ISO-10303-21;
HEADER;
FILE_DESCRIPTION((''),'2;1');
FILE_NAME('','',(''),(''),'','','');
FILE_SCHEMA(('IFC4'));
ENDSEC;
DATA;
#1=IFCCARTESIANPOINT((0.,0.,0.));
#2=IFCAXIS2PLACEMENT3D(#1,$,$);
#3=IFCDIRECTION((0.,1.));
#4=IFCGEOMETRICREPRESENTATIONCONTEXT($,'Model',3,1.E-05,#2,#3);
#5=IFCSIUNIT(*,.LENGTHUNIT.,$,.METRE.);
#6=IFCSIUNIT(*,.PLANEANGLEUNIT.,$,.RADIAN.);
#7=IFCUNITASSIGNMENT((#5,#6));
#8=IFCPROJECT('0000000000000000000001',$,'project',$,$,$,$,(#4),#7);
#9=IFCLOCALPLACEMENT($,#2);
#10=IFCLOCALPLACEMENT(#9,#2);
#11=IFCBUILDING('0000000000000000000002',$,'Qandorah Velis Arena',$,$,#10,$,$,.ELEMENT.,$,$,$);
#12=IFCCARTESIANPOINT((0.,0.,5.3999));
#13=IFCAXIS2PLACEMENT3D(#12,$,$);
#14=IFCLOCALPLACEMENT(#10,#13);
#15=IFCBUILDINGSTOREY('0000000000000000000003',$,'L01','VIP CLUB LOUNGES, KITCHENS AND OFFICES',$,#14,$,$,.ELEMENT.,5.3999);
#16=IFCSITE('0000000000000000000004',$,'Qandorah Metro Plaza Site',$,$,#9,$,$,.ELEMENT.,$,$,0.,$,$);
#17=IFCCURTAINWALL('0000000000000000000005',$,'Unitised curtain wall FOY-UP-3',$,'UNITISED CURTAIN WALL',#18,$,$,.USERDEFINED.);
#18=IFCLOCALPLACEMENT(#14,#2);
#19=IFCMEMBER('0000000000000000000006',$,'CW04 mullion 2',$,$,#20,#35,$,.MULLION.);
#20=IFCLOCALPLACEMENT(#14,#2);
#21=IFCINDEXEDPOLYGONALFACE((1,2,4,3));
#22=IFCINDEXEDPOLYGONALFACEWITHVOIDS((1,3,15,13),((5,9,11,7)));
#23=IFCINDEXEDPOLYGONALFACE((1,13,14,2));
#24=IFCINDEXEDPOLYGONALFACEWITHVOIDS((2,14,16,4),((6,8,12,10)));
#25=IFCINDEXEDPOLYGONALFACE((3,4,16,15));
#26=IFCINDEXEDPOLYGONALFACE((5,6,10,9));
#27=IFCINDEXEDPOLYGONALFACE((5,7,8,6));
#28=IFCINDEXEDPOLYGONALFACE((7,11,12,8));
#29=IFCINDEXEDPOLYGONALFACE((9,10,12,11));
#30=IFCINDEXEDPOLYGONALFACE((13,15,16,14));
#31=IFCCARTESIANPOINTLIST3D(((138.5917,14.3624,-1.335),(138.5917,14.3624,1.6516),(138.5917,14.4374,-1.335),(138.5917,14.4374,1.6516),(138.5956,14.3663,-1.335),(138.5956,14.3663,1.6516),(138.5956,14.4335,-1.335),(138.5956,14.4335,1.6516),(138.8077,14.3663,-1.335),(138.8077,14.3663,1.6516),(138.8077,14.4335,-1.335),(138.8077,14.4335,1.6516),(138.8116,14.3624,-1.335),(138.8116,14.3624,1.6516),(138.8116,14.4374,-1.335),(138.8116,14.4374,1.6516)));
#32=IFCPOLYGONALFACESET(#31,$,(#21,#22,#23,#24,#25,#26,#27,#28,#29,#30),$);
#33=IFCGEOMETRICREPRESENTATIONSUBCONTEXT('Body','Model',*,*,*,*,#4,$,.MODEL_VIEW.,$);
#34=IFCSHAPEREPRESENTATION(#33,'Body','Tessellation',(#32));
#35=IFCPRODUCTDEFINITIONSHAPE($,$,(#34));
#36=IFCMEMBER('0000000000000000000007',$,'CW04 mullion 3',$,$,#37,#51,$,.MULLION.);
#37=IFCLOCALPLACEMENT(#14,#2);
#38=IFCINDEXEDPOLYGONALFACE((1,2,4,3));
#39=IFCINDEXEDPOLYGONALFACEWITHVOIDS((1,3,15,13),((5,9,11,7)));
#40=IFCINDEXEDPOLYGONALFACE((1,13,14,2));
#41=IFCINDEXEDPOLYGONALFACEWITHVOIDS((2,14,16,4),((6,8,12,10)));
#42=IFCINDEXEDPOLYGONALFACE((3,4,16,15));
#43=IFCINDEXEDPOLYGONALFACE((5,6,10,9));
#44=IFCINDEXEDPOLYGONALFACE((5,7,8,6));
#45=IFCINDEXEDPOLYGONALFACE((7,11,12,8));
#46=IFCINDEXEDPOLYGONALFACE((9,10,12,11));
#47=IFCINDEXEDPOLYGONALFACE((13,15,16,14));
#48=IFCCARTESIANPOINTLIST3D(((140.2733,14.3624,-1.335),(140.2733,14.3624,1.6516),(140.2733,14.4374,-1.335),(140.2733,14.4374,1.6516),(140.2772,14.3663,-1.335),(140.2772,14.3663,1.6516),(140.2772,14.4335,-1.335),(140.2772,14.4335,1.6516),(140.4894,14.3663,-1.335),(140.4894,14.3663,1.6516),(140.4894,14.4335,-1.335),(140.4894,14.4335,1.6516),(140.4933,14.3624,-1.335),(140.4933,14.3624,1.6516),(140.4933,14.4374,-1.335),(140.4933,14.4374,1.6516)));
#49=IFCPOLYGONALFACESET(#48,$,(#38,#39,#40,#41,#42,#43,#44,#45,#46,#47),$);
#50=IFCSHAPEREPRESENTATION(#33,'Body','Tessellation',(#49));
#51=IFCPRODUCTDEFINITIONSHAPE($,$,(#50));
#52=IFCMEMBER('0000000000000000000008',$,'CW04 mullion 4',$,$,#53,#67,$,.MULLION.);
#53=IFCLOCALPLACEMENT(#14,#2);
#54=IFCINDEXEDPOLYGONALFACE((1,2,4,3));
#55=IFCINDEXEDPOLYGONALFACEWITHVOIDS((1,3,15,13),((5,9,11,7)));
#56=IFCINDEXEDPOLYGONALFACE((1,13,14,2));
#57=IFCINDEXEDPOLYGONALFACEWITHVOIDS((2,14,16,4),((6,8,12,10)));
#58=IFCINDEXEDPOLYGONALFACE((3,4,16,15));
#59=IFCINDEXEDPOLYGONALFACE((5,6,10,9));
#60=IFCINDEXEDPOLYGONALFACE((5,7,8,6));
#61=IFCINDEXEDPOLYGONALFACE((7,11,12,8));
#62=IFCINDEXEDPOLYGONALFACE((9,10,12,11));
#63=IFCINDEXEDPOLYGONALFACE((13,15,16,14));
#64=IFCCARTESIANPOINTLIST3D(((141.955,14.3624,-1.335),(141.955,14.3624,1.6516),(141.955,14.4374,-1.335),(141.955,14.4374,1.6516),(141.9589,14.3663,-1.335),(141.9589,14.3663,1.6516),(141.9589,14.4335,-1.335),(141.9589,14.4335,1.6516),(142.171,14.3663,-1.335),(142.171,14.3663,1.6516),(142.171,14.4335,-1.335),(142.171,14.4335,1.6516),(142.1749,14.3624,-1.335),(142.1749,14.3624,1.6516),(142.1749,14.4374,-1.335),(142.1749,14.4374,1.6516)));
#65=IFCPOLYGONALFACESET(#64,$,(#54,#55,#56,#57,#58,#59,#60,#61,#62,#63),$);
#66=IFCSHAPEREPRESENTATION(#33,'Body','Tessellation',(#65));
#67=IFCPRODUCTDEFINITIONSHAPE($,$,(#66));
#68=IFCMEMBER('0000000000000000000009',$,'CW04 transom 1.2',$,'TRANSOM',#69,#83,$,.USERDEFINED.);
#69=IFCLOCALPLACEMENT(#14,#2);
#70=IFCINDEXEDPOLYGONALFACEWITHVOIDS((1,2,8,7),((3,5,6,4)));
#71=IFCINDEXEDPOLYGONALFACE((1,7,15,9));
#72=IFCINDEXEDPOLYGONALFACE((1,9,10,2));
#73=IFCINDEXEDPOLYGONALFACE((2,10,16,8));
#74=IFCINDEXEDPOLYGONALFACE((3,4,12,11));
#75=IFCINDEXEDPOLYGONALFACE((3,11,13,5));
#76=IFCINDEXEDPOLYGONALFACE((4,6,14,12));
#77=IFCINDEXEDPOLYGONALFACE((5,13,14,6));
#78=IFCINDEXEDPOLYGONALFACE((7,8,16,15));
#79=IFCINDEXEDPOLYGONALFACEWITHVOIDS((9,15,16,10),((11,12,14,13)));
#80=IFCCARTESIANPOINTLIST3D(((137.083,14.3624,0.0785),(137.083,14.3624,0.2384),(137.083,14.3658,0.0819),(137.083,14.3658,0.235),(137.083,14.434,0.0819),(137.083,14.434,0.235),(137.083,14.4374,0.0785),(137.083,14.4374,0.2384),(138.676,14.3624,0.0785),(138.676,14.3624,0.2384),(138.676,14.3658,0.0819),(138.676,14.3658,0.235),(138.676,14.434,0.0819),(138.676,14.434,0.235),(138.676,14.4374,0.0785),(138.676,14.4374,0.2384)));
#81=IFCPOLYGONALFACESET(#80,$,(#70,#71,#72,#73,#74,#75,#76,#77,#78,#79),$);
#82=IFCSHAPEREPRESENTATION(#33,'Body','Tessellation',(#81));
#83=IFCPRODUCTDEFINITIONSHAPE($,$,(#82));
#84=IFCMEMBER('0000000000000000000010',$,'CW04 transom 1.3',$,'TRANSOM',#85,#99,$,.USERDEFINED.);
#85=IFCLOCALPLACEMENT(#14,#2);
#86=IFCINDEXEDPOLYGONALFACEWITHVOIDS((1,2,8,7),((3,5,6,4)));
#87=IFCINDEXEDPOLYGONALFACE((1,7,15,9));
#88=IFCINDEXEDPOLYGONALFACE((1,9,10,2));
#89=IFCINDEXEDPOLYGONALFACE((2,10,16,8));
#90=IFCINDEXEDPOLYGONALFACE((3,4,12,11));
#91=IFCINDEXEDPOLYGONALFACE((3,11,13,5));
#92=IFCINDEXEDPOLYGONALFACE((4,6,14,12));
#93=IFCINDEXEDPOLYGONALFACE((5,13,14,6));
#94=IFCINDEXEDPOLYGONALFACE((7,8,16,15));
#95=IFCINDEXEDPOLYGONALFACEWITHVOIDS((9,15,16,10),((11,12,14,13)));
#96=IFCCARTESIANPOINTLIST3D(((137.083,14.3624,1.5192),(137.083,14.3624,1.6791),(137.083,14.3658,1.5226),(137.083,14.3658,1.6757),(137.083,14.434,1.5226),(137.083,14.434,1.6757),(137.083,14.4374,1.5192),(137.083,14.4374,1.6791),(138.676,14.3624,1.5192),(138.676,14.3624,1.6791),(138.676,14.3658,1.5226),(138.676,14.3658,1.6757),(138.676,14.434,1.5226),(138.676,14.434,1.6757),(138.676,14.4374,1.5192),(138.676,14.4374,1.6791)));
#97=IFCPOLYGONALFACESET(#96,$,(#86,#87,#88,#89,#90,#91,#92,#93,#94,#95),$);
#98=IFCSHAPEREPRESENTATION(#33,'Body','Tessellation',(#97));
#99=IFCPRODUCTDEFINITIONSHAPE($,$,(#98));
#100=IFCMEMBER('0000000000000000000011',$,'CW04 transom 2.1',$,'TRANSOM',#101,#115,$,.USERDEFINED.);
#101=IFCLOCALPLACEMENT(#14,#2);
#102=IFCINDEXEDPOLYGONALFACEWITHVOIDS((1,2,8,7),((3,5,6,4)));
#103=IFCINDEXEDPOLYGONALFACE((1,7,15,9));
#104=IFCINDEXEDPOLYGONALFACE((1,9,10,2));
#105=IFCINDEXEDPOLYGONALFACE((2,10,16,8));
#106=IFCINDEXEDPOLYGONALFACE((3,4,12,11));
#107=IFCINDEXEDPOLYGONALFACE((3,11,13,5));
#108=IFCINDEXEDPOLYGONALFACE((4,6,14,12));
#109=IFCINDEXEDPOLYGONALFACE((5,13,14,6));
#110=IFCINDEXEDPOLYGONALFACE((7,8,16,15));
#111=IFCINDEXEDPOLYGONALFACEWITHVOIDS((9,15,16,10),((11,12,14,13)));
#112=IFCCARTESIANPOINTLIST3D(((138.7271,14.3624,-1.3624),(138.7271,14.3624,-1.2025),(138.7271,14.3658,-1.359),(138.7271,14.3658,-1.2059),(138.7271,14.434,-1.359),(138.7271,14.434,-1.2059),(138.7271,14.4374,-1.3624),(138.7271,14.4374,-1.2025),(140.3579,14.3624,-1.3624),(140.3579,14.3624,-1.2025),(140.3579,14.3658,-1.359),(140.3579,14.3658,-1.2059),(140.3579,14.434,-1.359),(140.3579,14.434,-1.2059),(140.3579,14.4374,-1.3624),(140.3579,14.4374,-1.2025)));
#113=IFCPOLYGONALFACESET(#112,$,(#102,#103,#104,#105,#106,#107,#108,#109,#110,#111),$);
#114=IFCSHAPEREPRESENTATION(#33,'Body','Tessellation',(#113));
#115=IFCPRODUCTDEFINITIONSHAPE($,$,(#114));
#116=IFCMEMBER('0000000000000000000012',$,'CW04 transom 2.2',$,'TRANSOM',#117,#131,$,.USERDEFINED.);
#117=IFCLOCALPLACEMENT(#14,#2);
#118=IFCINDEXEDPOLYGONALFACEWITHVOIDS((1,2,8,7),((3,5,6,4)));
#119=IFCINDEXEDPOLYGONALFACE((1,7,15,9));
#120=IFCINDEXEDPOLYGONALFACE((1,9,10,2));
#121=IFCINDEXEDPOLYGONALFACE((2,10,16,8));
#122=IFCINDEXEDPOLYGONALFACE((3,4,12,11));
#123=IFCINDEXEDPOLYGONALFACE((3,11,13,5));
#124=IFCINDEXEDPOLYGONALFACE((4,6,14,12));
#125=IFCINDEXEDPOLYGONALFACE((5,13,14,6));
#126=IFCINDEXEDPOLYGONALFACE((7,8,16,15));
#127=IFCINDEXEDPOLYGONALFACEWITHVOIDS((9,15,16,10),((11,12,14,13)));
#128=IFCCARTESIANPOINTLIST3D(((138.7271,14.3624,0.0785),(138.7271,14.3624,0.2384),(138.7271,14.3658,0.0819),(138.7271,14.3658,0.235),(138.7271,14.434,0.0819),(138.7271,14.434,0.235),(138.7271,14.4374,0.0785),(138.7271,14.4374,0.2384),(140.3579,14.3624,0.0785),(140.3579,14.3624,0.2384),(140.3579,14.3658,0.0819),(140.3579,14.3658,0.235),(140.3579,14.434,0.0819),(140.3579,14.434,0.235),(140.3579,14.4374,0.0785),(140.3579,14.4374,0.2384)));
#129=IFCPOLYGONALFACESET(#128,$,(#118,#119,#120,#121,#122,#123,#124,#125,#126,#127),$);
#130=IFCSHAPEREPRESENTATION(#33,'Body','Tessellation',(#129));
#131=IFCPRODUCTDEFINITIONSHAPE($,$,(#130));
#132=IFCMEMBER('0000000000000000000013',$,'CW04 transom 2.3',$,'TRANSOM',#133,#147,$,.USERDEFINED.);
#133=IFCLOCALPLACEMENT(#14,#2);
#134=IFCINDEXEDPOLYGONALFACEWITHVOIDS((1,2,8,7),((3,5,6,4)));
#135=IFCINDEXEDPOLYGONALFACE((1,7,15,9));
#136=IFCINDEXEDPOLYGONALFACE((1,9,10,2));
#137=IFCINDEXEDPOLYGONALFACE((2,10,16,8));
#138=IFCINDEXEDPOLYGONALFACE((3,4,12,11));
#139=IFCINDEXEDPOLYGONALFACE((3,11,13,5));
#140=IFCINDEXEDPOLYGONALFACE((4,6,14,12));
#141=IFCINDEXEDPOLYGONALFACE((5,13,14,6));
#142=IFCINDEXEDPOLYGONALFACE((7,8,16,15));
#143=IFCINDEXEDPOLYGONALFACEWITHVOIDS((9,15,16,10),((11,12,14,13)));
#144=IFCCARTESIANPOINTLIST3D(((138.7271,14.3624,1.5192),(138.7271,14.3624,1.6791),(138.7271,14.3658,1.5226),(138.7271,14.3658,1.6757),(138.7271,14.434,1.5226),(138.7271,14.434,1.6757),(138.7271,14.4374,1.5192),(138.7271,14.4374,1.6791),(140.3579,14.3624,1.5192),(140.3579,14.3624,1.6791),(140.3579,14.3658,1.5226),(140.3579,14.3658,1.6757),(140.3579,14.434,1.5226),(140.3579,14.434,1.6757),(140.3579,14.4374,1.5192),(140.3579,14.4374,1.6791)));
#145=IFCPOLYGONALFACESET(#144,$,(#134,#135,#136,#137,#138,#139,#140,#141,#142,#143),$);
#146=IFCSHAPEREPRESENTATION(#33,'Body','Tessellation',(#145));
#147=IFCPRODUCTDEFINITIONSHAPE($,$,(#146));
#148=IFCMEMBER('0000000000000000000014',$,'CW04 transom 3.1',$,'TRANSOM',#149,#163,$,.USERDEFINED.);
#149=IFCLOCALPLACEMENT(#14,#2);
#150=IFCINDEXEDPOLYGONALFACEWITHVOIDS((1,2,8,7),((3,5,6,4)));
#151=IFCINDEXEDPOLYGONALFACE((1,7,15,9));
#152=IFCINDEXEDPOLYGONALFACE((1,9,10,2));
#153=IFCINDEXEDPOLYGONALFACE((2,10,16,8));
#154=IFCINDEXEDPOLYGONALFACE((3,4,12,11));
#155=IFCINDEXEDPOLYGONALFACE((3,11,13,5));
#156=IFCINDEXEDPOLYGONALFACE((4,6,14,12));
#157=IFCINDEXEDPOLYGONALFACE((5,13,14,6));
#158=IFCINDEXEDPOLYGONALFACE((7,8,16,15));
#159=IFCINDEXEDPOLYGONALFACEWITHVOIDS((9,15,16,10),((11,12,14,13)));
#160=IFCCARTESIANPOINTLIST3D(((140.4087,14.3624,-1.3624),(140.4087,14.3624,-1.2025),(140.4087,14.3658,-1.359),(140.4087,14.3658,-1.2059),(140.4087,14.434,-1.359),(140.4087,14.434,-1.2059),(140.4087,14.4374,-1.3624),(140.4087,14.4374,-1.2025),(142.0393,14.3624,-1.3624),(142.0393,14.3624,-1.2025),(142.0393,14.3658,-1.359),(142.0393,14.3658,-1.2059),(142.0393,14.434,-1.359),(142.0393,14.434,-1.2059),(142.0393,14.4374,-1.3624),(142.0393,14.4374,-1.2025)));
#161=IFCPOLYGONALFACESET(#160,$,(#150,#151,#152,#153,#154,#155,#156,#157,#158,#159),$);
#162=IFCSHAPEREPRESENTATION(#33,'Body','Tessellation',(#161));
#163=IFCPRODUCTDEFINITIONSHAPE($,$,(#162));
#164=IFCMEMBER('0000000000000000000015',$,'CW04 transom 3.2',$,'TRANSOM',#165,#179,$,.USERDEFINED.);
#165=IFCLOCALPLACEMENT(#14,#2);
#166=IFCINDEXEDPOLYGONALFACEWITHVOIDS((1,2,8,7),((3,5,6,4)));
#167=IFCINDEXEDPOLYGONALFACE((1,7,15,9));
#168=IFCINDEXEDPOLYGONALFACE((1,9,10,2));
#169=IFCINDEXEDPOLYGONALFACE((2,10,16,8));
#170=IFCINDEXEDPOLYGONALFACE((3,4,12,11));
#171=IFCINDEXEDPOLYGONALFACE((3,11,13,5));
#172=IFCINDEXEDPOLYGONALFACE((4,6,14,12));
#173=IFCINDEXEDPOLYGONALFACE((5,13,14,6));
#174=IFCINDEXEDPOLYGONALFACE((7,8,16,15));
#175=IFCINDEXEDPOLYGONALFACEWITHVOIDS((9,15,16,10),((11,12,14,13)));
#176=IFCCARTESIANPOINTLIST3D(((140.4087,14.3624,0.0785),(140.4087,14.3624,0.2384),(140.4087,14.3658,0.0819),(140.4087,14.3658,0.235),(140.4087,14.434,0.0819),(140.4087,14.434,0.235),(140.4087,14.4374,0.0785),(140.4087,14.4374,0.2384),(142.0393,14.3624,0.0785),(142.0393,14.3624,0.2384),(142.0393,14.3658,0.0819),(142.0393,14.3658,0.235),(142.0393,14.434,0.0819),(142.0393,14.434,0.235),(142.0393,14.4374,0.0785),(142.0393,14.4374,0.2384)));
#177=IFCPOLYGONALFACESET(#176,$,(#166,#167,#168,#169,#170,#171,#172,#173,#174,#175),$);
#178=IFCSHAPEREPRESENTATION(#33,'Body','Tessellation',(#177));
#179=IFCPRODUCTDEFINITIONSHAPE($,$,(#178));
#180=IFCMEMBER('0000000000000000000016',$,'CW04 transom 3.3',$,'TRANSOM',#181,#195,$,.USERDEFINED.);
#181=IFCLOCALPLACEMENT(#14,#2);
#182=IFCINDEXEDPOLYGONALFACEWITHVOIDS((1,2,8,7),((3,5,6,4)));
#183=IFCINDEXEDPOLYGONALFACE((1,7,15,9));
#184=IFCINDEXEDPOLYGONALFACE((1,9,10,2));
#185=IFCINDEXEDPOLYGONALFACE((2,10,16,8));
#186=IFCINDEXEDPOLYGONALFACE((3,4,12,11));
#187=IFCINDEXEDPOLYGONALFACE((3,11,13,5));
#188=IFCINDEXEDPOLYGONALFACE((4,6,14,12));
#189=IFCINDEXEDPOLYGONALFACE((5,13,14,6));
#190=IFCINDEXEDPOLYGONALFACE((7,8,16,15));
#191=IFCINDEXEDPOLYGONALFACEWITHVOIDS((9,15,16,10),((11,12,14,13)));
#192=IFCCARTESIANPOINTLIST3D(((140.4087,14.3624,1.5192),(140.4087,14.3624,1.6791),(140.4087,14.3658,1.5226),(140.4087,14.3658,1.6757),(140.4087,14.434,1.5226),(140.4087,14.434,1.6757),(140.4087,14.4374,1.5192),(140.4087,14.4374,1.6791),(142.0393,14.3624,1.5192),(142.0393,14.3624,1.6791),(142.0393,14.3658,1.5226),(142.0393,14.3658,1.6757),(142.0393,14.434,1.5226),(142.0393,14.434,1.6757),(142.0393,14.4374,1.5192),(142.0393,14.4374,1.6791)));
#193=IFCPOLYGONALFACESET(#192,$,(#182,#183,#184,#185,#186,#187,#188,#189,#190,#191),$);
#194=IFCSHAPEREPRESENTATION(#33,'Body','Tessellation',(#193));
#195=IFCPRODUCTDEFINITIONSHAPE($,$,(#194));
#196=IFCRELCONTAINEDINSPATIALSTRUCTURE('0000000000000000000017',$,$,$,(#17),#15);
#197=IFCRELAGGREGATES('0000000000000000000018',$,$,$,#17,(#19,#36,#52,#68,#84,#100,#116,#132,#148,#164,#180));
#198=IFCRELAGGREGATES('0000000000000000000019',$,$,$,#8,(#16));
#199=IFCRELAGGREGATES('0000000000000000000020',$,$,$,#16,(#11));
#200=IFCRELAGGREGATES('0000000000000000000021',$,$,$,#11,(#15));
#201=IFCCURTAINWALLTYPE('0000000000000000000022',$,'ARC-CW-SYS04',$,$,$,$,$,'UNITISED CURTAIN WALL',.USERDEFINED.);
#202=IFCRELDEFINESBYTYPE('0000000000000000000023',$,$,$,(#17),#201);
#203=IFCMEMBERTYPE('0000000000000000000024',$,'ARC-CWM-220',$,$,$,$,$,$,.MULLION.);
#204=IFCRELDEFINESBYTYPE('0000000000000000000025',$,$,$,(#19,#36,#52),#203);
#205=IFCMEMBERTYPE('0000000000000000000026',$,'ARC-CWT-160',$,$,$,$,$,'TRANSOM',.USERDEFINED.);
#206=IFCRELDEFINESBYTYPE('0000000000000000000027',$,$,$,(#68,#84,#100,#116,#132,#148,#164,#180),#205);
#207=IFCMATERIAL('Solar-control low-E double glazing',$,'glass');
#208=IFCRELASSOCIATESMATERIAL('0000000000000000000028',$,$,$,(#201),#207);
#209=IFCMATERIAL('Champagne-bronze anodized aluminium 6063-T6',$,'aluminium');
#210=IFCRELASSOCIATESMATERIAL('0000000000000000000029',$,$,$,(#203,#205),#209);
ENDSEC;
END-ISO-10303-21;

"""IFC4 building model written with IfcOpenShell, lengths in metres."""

from ifc_helpers import new_model, si_unit, direction, frame, origin, origin_2d, place, context, subcontext, project, spatial, hollow_rectangle, extrude, material, material_profile, profile_set, type_object, element, aggregate, save


model = new_model("IFC4")

# Units and contexts
model_context = context("Model", 3, precision=1e-05, world=origin(), true_north=direction((0.0, 1.0)))
body_context = subcontext(model_context, "Body", "Model", "MODEL_VIEW")
ifc_project = project(units=[si_unit("LENGTHUNIT", "METRE"), si_unit("PLANEANGLEUNIT", "RADIAN")], contexts=[model_context])

# Site, building, storey
site_placement = place(None, origin())
site = spatial("IfcSite", under=ifc_project, at=site_placement, Name="Qandorah Metro Plaza Site", CompositionType="ELEMENT", RefElevation=0.0)
building_placement = place(site_placement, origin())
building = spatial("IfcBuilding", under=site, at=building_placement, Name="Qandorah Velis Arena", CompositionType="ELEMENT")
storey_placement = place(building_placement, frame((0.0, 0.0, 5.3999)))
storey = spatial("IfcBuildingStorey", under=building, at=storey_placement, Name="L01", Description="VIP CLUB LOUNGES, KITCHENS AND OFFICES", CompositionType="ELEMENT", Elevation=5.3999)

# Curtain wall, members
ifc_material_1 = material(Name="Solar-control low-E double glazing", Category="glass")
curtain_wall_type = type_object("IfcCurtainWallType", Name="ARC-CW-SYS04", ElementType="UNITISED CURTAIN WALL", PredefinedType="USERDEFINED", material=ifc_material_1)
curtain_wall_placement = place(storey_placement, origin())
curtain_wall = element("IfcCurtainWall", 1, at=curtain_wall_placement, inside=storey, type_object=curtain_wall_type, Name="Unitised curtain wall FOY-UP-3", ObjectType="UNITISED CURTAIN WALL", PredefinedType="USERDEFINED")
ifc_material_2 = material(Name="Champagne-bronze anodized aluminium 6063-T6", Category="aluminium")
ifc_material_profile_1 = material_profile(ifc_material_2, hollow_rectangle(XDim=0.075, YDim=0.22, WallThickness=0.0039, at=origin_2d()), Name="ALU MULLION 75x220")
ifc_profile_set_1 = profile_set([ifc_material_profile_1], Name="Champagne-bronze anodized aluminium 6063-T6")
member_type_1 = type_object("IfcMemberType", Name="ARC-CWM-220", PredefinedType="MULLION", material=ifc_profile_set_1)
member_1_placement = place(storey_placement, frame((138.7017, 14.3999, -1.335), z_axis=(0.0, 0.0, 1.0), x_axis=(0.0, 1.0, 0.0)))
member_1 = element("IfcMember", 2, at=member_1_placement, type_object=member_type_1, Name="CW04 mullion 2", PredefinedType="MULLION", context=body_context, shape_type="SweptSolid", body=[
    extrude(hollow_rectangle(XDim=0.075, YDim=0.22, WallThickness=0.0039, at=origin_2d()), origin(), (0.0, 0.0, 1.0), 2.9866),
])
member_2_placement = place(storey_placement, frame((140.3833, 14.3999, -1.335), z_axis=(0.0, 0.0, 1.0), x_axis=(0.0, 1.0, 0.0)))
member_2 = element("IfcMember", 3, at=member_2_placement, type_object=member_type_1, Name="CW04 mullion 3", PredefinedType="MULLION", context=body_context, shape_type="SweptSolid", body=[
    extrude(hollow_rectangle(XDim=0.075, YDim=0.22, WallThickness=0.0039, at=origin_2d()), origin(), (0.0, 0.0, 1.0), 2.9866),
])
member_3_placement = place(storey_placement, frame((142.0649, 14.3999, -1.335), z_axis=(0.0, 0.0, 1.0), x_axis=(0.0, 1.0, 0.0)))
member_3 = element("IfcMember", 4, at=member_3_placement, type_object=member_type_1, Name="CW04 mullion 4", PredefinedType="MULLION", context=body_context, shape_type="SweptSolid", body=[
    extrude(hollow_rectangle(XDim=0.075, YDim=0.22, WallThickness=0.0039, at=origin_2d()), origin(), (0.0, 0.0, 1.0), 2.9866),
])
ifc_material_profile_2 = material_profile(ifc_material_2, hollow_rectangle(XDim=0.075, YDim=0.1599, WallThickness=0.0034, at=origin_2d()), Name="ALU TRANSOM 75x160")
ifc_profile_set_2 = profile_set([ifc_material_profile_2], Name="Champagne-bronze anodized aluminium 6063-T6")
member_type_2 = type_object("IfcMemberType", Name="ARC-CWT-160", ElementType="TRANSOM", PredefinedType="USERDEFINED", material=ifc_profile_set_2)
member_4_placement = place(storey_placement, frame((137.083, 14.3999, 0.1584), z_axis=(1.0, 0.0, 0.0), x_axis=(0.0, 1.0, 0.0)))
member_4 = element("IfcMember", 5, at=member_4_placement, type_object=member_type_2, Name="CW04 transom 1.2", ObjectType="TRANSOM", PredefinedType="USERDEFINED", context=body_context, shape_type="SweptSolid", body=[
    extrude(hollow_rectangle(XDim=0.075, YDim=0.1599, WallThickness=0.0034, at=origin_2d()), origin(), (0.0, 0.0, 1.0), 1.593),
])
member_5_placement = place(storey_placement, frame((137.083, 14.3999, 1.5991), z_axis=(1.0, 0.0, 0.0), x_axis=(0.0, 1.0, 0.0)))
member_5 = element("IfcMember", 6, at=member_5_placement, type_object=member_type_2, Name="CW04 transom 1.3", ObjectType="TRANSOM", PredefinedType="USERDEFINED", context=body_context, shape_type="SweptSolid", body=[
    extrude(hollow_rectangle(XDim=0.075, YDim=0.1599, WallThickness=0.0034, at=origin_2d()), origin(), (0.0, 0.0, 1.0), 1.593),
])
member_6_placement = place(storey_placement, frame((138.7271, 14.3999, -1.2825), z_axis=(1.0, 0.0, 0.0), x_axis=(0.0, 1.0, 0.0)))
member_6 = element("IfcMember", 7, at=member_6_placement, type_object=member_type_2, Name="CW04 transom 2.1", ObjectType="TRANSOM", PredefinedType="USERDEFINED", context=body_context, shape_type="SweptSolid", body=[
    extrude(hollow_rectangle(XDim=0.075, YDim=0.1599, WallThickness=0.0034, at=origin_2d()), origin(), (0.0, 0.0, 1.0), 1.6309),
])
member_7_placement = place(storey_placement, frame((138.7271, 14.3999, 0.1584), z_axis=(1.0, 0.0, 0.0), x_axis=(0.0, 1.0, 0.0)))
member_7 = element("IfcMember", 8, at=member_7_placement, type_object=member_type_2, Name="CW04 transom 2.2", ObjectType="TRANSOM", PredefinedType="USERDEFINED", context=body_context, shape_type="SweptSolid", body=[
    extrude(hollow_rectangle(XDim=0.075, YDim=0.1599, WallThickness=0.0034, at=origin_2d()), origin(), (0.0, 0.0, 1.0), 1.6309),
])
member_8_placement = place(storey_placement, frame((138.7271, 14.3999, 1.5991), z_axis=(1.0, 0.0, 0.0), x_axis=(0.0, 1.0, 0.0)))
member_8 = element("IfcMember", 9, at=member_8_placement, type_object=member_type_2, Name="CW04 transom 2.3", ObjectType="TRANSOM", PredefinedType="USERDEFINED", context=body_context, shape_type="SweptSolid", body=[
    extrude(hollow_rectangle(XDim=0.075, YDim=0.1599, WallThickness=0.0034, at=origin_2d()), origin(), (0.0, 0.0, 1.0), 1.6309),
])
member_9_placement = place(storey_placement, frame((140.4087, 14.3999, -1.2825), z_axis=(1.0, 0.0, 0.0), x_axis=(0.0, 1.0, 0.0)))
member_9 = element("IfcMember", 10, at=member_9_placement, type_object=member_type_2, Name="CW04 transom 3.1", ObjectType="TRANSOM", PredefinedType="USERDEFINED", context=body_context, shape_type="SweptSolid", body=[
    extrude(hollow_rectangle(XDim=0.075, YDim=0.1599, WallThickness=0.0034, at=origin_2d()), origin(), (0.0, 0.0, 1.0), 1.6306),
])
member_10_placement = place(storey_placement, frame((140.4087, 14.3999, 0.1584), z_axis=(1.0, 0.0, 0.0), x_axis=(0.0, 1.0, 0.0)))
member_10 = element("IfcMember", 11, at=member_10_placement, type_object=member_type_2, Name="CW04 transom 3.2", ObjectType="TRANSOM", PredefinedType="USERDEFINED", context=body_context, shape_type="SweptSolid", body=[
    extrude(hollow_rectangle(XDim=0.075, YDim=0.1599, WallThickness=0.0034, at=origin_2d()), origin(), (0.0, 0.0, 1.0), 1.6306),
])
member_11_placement = place(storey_placement, frame((140.4087, 14.3999, 1.5991), z_axis=(1.0, 0.0, 0.0), x_axis=(0.0, 1.0, 0.0)))
member_11 = element("IfcMember", 12, at=member_11_placement, type_object=member_type_2, Name="CW04 transom 3.3", ObjectType="TRANSOM", PredefinedType="USERDEFINED", context=body_context, shape_type="SweptSolid", body=[
    extrude(hollow_rectangle(XDim=0.075, YDim=0.1599, WallThickness=0.0034, at=origin_2d()), origin(), (0.0, 0.0, 1.0), 1.6306),
])

aggregate(curtain_wall, [member_1, member_2, member_3, member_4, member_5, member_6, member_7, member_8, member_9, member_10, member_11])

save(model, "model.ifc")
